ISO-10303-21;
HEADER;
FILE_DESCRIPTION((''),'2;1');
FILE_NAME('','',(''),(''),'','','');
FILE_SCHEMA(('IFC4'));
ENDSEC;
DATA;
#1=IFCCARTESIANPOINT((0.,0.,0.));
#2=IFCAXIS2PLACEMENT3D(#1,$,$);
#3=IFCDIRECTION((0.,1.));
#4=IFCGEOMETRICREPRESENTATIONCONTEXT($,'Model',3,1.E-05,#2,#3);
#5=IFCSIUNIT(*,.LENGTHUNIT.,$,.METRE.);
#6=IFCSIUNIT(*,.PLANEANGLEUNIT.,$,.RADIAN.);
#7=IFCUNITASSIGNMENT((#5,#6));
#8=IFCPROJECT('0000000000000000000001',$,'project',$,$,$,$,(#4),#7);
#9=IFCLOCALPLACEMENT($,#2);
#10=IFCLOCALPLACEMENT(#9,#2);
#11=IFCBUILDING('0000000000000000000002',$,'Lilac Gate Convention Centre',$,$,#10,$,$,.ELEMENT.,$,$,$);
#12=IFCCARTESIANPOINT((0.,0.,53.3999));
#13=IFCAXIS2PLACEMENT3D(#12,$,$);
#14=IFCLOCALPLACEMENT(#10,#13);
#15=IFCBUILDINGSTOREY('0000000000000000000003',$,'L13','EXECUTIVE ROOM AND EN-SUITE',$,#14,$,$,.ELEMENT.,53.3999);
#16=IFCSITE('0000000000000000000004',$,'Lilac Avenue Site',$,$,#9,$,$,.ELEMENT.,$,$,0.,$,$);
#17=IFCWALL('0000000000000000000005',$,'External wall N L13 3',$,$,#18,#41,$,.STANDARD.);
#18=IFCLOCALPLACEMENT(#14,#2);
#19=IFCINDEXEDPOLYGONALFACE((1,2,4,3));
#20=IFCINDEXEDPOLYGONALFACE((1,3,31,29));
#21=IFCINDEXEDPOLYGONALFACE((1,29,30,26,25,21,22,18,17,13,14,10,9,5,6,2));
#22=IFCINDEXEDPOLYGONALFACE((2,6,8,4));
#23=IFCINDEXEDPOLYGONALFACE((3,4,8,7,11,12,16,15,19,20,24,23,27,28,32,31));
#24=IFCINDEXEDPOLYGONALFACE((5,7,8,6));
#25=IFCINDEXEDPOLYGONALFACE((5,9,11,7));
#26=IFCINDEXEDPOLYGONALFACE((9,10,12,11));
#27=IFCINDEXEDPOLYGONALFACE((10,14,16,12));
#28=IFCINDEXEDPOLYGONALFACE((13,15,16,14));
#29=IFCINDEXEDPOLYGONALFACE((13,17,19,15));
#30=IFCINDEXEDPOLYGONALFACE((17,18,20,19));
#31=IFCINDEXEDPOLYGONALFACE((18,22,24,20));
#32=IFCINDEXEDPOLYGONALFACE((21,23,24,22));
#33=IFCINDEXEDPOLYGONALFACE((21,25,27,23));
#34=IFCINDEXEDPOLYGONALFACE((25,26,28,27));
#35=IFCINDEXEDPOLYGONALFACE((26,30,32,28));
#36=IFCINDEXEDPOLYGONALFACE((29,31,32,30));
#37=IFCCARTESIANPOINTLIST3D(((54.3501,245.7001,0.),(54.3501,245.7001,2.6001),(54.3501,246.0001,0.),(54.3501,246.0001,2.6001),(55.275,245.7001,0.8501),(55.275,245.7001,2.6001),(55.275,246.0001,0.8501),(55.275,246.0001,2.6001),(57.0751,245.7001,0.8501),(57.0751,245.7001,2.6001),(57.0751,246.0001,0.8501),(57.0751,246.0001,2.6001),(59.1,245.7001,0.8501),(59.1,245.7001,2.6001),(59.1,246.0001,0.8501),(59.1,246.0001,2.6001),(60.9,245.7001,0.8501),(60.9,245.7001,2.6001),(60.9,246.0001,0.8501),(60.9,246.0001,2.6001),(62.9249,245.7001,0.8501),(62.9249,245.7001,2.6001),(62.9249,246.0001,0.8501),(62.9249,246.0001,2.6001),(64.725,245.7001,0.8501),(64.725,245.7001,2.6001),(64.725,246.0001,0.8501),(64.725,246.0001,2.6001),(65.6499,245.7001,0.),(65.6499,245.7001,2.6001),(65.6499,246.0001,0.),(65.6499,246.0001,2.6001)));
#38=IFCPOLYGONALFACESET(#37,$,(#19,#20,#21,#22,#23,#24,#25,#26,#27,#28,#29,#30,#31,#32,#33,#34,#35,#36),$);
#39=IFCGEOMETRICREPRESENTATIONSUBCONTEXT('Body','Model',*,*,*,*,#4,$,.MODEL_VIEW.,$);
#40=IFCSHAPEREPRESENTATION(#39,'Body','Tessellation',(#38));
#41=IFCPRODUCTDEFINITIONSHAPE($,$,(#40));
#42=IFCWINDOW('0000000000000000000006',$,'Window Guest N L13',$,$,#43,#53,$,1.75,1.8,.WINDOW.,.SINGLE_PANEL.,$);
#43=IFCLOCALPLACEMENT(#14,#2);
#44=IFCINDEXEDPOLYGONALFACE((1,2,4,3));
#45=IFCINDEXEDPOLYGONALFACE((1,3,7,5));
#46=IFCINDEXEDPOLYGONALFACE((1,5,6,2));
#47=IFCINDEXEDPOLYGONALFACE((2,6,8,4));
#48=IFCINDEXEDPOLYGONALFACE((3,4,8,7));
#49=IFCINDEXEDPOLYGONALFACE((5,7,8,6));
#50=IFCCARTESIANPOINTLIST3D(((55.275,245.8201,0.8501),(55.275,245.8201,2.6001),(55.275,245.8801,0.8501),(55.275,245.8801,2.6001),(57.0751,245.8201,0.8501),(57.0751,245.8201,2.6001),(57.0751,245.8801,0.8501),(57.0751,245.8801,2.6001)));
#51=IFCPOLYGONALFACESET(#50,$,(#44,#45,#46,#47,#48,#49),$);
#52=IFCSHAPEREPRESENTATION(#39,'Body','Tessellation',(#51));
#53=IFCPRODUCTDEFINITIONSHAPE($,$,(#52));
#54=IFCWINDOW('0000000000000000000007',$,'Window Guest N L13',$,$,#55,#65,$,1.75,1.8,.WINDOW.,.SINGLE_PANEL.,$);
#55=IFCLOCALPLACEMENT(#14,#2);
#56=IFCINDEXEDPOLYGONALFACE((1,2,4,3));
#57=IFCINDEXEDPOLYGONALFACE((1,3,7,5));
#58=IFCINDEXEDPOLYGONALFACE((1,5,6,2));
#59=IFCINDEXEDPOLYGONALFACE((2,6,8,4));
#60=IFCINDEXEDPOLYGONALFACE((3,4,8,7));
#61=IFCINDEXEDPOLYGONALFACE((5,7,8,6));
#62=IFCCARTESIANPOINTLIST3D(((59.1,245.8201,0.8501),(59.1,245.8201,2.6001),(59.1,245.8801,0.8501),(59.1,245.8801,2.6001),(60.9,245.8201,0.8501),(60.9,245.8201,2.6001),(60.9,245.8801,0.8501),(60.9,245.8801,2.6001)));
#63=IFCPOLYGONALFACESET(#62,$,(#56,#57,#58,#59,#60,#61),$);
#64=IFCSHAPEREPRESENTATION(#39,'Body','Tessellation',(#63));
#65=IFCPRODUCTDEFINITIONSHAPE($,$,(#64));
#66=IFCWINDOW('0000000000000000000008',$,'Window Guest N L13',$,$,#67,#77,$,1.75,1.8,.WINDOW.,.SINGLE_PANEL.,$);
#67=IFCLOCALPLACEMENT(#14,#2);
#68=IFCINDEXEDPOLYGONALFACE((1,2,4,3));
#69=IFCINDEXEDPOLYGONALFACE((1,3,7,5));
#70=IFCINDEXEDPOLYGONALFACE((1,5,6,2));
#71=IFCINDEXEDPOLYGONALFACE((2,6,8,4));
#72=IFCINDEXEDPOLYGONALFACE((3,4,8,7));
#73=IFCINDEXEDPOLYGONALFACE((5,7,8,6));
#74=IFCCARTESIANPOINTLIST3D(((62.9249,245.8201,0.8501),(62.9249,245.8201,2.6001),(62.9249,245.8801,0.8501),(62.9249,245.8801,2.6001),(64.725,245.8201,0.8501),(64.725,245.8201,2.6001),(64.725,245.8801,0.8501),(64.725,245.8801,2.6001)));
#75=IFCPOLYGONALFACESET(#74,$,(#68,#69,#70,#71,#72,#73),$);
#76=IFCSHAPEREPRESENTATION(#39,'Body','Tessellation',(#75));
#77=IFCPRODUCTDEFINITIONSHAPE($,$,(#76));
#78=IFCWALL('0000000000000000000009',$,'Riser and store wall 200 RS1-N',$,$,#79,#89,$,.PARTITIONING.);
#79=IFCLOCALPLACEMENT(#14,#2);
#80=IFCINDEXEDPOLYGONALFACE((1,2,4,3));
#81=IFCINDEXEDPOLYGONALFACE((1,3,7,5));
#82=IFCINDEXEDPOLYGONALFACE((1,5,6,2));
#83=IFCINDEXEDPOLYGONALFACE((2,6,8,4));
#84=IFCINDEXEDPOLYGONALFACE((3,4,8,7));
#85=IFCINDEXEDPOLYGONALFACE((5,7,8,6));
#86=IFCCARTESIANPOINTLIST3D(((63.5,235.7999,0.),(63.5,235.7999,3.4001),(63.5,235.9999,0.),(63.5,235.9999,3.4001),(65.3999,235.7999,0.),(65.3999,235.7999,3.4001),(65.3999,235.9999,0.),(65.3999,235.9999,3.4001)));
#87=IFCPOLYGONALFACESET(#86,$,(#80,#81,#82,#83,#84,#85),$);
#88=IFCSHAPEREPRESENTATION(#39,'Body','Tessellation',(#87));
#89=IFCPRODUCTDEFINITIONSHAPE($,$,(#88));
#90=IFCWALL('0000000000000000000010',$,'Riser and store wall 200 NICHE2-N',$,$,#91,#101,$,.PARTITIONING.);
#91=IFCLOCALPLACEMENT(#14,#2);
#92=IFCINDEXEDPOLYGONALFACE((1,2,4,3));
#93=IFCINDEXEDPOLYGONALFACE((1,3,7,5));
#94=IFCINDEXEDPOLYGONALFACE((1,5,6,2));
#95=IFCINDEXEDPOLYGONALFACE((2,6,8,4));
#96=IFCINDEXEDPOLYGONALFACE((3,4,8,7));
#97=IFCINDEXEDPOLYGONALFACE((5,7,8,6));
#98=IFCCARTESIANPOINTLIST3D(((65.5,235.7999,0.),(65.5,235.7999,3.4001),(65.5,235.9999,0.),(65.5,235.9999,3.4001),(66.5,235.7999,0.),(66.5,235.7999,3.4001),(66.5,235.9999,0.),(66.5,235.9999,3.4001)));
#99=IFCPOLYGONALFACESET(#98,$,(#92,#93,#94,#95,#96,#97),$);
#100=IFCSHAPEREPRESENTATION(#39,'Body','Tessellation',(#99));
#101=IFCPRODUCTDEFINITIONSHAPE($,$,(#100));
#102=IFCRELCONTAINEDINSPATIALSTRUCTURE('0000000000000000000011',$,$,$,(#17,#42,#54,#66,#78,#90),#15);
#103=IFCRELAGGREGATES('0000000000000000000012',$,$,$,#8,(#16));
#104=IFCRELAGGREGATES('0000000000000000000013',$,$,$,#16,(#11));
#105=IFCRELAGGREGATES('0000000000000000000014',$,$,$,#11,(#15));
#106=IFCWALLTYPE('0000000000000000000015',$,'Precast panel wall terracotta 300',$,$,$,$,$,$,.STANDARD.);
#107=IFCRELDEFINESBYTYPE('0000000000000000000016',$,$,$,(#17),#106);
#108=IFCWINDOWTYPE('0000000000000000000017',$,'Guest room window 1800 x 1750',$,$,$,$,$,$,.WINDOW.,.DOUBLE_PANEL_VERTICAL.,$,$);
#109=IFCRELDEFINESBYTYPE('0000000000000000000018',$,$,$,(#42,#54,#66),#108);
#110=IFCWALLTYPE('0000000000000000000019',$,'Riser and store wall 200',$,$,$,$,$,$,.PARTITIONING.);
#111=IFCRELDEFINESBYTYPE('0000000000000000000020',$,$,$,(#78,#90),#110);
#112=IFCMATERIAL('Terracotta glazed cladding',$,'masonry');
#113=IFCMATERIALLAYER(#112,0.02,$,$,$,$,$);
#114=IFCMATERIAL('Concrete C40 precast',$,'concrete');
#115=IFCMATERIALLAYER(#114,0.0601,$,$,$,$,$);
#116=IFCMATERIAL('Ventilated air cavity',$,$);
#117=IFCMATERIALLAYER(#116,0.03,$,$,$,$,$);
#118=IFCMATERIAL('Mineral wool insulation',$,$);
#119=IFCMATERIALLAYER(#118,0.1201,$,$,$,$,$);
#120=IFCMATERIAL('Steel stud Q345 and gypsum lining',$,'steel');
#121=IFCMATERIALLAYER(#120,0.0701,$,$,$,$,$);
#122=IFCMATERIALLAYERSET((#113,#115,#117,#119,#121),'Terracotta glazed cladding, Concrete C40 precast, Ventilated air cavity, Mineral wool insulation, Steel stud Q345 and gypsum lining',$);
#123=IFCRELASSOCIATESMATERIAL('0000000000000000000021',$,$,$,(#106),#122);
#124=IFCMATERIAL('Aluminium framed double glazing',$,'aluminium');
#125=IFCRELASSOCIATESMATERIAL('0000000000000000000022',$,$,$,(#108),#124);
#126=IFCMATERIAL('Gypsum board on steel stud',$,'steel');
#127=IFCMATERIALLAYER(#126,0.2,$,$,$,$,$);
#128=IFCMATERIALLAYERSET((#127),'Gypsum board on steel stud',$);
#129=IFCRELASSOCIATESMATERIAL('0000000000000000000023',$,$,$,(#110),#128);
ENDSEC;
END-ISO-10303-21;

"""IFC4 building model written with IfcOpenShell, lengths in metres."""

from ifc_helpers import new_model, si_unit, direction, frame, frame_2d, origin, place, context, subcontext, project, spatial, rectangle, extrude, material, layer, layer_set, type_object, element, fill, save


model = new_model("IFC4")

# Units and contexts
model_context = context("Model", 3, precision=1e-05, world=origin(), true_north=direction((0.0, 1.0)))
body_context = subcontext(model_context, "Body", "Model", "MODEL_VIEW")
ifc_project = project(units=[si_unit("LENGTHUNIT", "METRE"), si_unit("PLANEANGLEUNIT", "RADIAN")], contexts=[model_context])

# Site, building, storey
site_placement = place(None, origin())
site = spatial("IfcSite", under=ifc_project, at=site_placement, Name="Lilac Avenue Site", CompositionType="ELEMENT", RefElevation=0.0)
building_placement = place(site_placement, origin())
building = spatial("IfcBuilding", under=site, at=building_placement, Name="Lilac Gate Convention Centre", CompositionType="ELEMENT")
storey_placement = place(building_placement, frame((0.0, 0.0, 53.3999)))
storey = spatial("IfcBuildingStorey", under=building, at=storey_placement, Name="L13", Description="EXECUTIVE ROOM AND EN-SUITE", CompositionType="ELEMENT", Elevation=53.3999)

# Shared definitions
ifc_material_1 = material(Name="Gypsum board on steel stud", Category="steel")

# Shared definitions
ifc_material_2 = material(Name="Concrete C40 precast", Category="concrete")

# Wall, openings, windows
ifc_material_3 = material(Name="Terracotta glazed cladding", Category="masonry")
ifc_layer_1 = layer(ifc_material_3, 0.02)
ifc_layer_2 = layer(ifc_material_2, 0.0601)
ifc_material_4 = material(Name="Ventilated air cavity")
ifc_layer_3 = layer(ifc_material_4, 0.03)
ifc_material_5 = material(Name="Mineral wool insulation")
ifc_layer_4 = layer(ifc_material_5, 0.1201)
ifc_material_6 = material(Name="Steel stud Q345 and gypsum lining", Category="steel")
ifc_layer_5 = layer(ifc_material_6, 0.0701)
ifc_layer_set_1 = layer_set([ifc_layer_1, ifc_layer_2, ifc_layer_3, ifc_layer_4, ifc_layer_5], Name="Terracotta glazed cladding, Concrete C40 precast, Ventilated air cavity, Mineral wool insulation, Steel stud Q345 and gypsum lining")
wall_type_1 = type_object("IfcWallType", Name="Precast panel wall terracotta 300", PredefinedType="STANDARD", material=ifc_layer_set_1)
wall_1_placement = place(storey_placement, frame((65.6499, 245.8501, 0.0), z_axis=(0.0, 0.0, 1.0), x_axis=(-1.0, 0.0, 0.0)))
wall_1 = element("IfcWall", 1, at=wall_1_placement, inside=storey, type_object=wall_type_1, Name="External wall N L13 3", PredefinedType="STANDARD", context=body_context, shape_type="SweptSolid", body=[
    extrude(rectangle(XDim=11.2998, YDim=0.3, at=frame_2d((5.6499, 0.0))), origin(), (0.0, 0.0, 1.0), 2.6001),
])
opening_1_placement = place(wall_1_placement, frame((8.575, 0.0, 0.8501)))
opening_1 = element("IfcOpeningElement", 2, at=opening_1_placement, cuts=wall_1, PredefinedType="OPENING", context=body_context, shape_type="SweptSolid", body=[
    extrude(rectangle(XDim=1.8, YDim=1.75, at=frame_2d((0.8999, 0.875))), frame((0.0, 0.1599, 0.0), z_axis=(0.0, -1.0, 0.0), x_axis=(1.0, 0.0, 0.0)), (0.0, 0.0, 1.0), 0.3201),
])
opening_2_placement = place(wall_1_placement, frame((4.75, 0.0, 0.8501)))
opening_2 = element("IfcOpeningElement", 3, at=opening_2_placement, cuts=wall_1, PredefinedType="OPENING", context=body_context, shape_type="SweptSolid", body=[
    extrude(rectangle(XDim=1.8, YDim=1.75, at=frame_2d((0.8999, 0.875))), frame((0.0, 0.1599, 0.0), z_axis=(0.0, -1.0, 0.0), x_axis=(1.0, 0.0, 0.0)), (0.0, 0.0, 1.0), 0.3201),
])
opening_3_placement = place(wall_1_placement, frame((0.925, 0.0, 0.8501)))
opening_3 = element("IfcOpeningElement", 4, at=opening_3_placement, cuts=wall_1, PredefinedType="OPENING", context=body_context, shape_type="SweptSolid", body=[
    extrude(rectangle(XDim=1.8, YDim=1.75, at=frame_2d((0.8999, 0.875))), frame((0.0, 0.1599, 0.0), z_axis=(0.0, -1.0, 0.0), x_axis=(1.0, 0.0, 0.0)), (0.0, 0.0, 1.0), 0.3201),
])
ifc_material_7 = material(Name="Aluminium framed double glazing", Category="aluminium")
window_type = type_object("IfcWindowType", Name="Guest room window 1800 x 1750", PartitioningType="DOUBLE_PANEL_VERTICAL", PredefinedType="WINDOW", material=ifc_material_7)
window_1_placement = place(opening_1_placement, origin())
window_1 = element("IfcWindow", 5, at=window_1_placement, inside=storey, type_object=window_type, Name="Window Guest N L13", OverallHeight=1.75, OverallWidth=1.8, PartitioningType="SINGLE_PANEL", PredefinedType="WINDOW", context=body_context, shape_type="SweptSolid", body=[
    extrude(rectangle(XDim=1.8, YDim=1.75, at=frame_2d((0.8999, 0.875))), frame((0.0, 0.03, 0.0), z_axis=(0.0, -1.0, 0.0), x_axis=(1.0, 0.0, 0.0)), (0.0, 0.0, 1.0), 0.0601),
])
fill(opening_1, window_1)
window_2_placement = place(opening_2_placement, origin())
window_2 = element("IfcWindow", 6, at=window_2_placement, inside=storey, type_object=window_type, Name="Window Guest N L13", OverallHeight=1.75, OverallWidth=1.8, PartitioningType="SINGLE_PANEL", PredefinedType="WINDOW", context=body_context, shape_type="SweptSolid", body=[
    extrude(rectangle(XDim=1.8, YDim=1.75, at=frame_2d((0.8999, 0.875))), frame((0.0, 0.03, 0.0), z_axis=(0.0, -1.0, 0.0), x_axis=(1.0, 0.0, 0.0)), (0.0, 0.0, 1.0), 0.0601),
])
fill(opening_2, window_2)
window_3_placement = place(opening_3_placement, origin())
window_3 = element("IfcWindow", 7, at=window_3_placement, inside=storey, type_object=window_type, Name="Window Guest N L13", OverallHeight=1.75, OverallWidth=1.8, PartitioningType="SINGLE_PANEL", PredefinedType="WINDOW", context=body_context, shape_type="SweptSolid", body=[
    extrude(rectangle(XDim=1.8, YDim=1.75, at=frame_2d((0.8999, 0.875))), frame((0.0, 0.03, 0.0), z_axis=(0.0, -1.0, 0.0), x_axis=(1.0, 0.0, 0.0)), (0.0, 0.0, 1.0), 0.0601),
])
fill(opening_3, window_3)

# Walls
ifc_layer_6 = layer(ifc_material_1, 0.2)
ifc_layer_set_2 = layer_set([ifc_layer_6], Name="Gypsum board on steel stud")
wall_type_2 = type_object("IfcWallType", Name="Riser and store wall 200", PredefinedType="PARTITIONING", material=ifc_layer_set_2)
wall_2_placement = place(storey_placement, frame((63.5, 235.8999, 0.0), z_axis=(0.0, 0.0, 1.0), x_axis=(1.0, 0.0, 0.0)))
element("IfcWall", 8, at=wall_2_placement, inside=storey, type_object=wall_type_2, Name="Riser and store wall 200 RS1-N", PredefinedType="PARTITIONING", context=body_context, shape_type="SweptSolid", body=[
    extrude(rectangle(XDim=1.8999, YDim=0.2, at=frame_2d((0.95, 0.0))), origin(), (0.0, 0.0, 1.0), 3.4001),
])
wall_3_placement = place(storey_placement, frame((65.5, 235.8999, 0.0), z_axis=(0.0, 0.0, 1.0), x_axis=(1.0, 0.0, 0.0)))
element("IfcWall", 9, at=wall_3_placement, inside=storey, type_object=wall_type_2, Name="Riser and store wall 200 NICHE2-N", PredefinedType="PARTITIONING", context=body_context, shape_type="SweptSolid", body=[
    extrude(rectangle(XDim=1.0, YDim=0.2, at=frame_2d((0.5, 0.0))), origin(), (0.0, 0.0, 1.0), 3.4001),
])

save(model, "model.ifc")
